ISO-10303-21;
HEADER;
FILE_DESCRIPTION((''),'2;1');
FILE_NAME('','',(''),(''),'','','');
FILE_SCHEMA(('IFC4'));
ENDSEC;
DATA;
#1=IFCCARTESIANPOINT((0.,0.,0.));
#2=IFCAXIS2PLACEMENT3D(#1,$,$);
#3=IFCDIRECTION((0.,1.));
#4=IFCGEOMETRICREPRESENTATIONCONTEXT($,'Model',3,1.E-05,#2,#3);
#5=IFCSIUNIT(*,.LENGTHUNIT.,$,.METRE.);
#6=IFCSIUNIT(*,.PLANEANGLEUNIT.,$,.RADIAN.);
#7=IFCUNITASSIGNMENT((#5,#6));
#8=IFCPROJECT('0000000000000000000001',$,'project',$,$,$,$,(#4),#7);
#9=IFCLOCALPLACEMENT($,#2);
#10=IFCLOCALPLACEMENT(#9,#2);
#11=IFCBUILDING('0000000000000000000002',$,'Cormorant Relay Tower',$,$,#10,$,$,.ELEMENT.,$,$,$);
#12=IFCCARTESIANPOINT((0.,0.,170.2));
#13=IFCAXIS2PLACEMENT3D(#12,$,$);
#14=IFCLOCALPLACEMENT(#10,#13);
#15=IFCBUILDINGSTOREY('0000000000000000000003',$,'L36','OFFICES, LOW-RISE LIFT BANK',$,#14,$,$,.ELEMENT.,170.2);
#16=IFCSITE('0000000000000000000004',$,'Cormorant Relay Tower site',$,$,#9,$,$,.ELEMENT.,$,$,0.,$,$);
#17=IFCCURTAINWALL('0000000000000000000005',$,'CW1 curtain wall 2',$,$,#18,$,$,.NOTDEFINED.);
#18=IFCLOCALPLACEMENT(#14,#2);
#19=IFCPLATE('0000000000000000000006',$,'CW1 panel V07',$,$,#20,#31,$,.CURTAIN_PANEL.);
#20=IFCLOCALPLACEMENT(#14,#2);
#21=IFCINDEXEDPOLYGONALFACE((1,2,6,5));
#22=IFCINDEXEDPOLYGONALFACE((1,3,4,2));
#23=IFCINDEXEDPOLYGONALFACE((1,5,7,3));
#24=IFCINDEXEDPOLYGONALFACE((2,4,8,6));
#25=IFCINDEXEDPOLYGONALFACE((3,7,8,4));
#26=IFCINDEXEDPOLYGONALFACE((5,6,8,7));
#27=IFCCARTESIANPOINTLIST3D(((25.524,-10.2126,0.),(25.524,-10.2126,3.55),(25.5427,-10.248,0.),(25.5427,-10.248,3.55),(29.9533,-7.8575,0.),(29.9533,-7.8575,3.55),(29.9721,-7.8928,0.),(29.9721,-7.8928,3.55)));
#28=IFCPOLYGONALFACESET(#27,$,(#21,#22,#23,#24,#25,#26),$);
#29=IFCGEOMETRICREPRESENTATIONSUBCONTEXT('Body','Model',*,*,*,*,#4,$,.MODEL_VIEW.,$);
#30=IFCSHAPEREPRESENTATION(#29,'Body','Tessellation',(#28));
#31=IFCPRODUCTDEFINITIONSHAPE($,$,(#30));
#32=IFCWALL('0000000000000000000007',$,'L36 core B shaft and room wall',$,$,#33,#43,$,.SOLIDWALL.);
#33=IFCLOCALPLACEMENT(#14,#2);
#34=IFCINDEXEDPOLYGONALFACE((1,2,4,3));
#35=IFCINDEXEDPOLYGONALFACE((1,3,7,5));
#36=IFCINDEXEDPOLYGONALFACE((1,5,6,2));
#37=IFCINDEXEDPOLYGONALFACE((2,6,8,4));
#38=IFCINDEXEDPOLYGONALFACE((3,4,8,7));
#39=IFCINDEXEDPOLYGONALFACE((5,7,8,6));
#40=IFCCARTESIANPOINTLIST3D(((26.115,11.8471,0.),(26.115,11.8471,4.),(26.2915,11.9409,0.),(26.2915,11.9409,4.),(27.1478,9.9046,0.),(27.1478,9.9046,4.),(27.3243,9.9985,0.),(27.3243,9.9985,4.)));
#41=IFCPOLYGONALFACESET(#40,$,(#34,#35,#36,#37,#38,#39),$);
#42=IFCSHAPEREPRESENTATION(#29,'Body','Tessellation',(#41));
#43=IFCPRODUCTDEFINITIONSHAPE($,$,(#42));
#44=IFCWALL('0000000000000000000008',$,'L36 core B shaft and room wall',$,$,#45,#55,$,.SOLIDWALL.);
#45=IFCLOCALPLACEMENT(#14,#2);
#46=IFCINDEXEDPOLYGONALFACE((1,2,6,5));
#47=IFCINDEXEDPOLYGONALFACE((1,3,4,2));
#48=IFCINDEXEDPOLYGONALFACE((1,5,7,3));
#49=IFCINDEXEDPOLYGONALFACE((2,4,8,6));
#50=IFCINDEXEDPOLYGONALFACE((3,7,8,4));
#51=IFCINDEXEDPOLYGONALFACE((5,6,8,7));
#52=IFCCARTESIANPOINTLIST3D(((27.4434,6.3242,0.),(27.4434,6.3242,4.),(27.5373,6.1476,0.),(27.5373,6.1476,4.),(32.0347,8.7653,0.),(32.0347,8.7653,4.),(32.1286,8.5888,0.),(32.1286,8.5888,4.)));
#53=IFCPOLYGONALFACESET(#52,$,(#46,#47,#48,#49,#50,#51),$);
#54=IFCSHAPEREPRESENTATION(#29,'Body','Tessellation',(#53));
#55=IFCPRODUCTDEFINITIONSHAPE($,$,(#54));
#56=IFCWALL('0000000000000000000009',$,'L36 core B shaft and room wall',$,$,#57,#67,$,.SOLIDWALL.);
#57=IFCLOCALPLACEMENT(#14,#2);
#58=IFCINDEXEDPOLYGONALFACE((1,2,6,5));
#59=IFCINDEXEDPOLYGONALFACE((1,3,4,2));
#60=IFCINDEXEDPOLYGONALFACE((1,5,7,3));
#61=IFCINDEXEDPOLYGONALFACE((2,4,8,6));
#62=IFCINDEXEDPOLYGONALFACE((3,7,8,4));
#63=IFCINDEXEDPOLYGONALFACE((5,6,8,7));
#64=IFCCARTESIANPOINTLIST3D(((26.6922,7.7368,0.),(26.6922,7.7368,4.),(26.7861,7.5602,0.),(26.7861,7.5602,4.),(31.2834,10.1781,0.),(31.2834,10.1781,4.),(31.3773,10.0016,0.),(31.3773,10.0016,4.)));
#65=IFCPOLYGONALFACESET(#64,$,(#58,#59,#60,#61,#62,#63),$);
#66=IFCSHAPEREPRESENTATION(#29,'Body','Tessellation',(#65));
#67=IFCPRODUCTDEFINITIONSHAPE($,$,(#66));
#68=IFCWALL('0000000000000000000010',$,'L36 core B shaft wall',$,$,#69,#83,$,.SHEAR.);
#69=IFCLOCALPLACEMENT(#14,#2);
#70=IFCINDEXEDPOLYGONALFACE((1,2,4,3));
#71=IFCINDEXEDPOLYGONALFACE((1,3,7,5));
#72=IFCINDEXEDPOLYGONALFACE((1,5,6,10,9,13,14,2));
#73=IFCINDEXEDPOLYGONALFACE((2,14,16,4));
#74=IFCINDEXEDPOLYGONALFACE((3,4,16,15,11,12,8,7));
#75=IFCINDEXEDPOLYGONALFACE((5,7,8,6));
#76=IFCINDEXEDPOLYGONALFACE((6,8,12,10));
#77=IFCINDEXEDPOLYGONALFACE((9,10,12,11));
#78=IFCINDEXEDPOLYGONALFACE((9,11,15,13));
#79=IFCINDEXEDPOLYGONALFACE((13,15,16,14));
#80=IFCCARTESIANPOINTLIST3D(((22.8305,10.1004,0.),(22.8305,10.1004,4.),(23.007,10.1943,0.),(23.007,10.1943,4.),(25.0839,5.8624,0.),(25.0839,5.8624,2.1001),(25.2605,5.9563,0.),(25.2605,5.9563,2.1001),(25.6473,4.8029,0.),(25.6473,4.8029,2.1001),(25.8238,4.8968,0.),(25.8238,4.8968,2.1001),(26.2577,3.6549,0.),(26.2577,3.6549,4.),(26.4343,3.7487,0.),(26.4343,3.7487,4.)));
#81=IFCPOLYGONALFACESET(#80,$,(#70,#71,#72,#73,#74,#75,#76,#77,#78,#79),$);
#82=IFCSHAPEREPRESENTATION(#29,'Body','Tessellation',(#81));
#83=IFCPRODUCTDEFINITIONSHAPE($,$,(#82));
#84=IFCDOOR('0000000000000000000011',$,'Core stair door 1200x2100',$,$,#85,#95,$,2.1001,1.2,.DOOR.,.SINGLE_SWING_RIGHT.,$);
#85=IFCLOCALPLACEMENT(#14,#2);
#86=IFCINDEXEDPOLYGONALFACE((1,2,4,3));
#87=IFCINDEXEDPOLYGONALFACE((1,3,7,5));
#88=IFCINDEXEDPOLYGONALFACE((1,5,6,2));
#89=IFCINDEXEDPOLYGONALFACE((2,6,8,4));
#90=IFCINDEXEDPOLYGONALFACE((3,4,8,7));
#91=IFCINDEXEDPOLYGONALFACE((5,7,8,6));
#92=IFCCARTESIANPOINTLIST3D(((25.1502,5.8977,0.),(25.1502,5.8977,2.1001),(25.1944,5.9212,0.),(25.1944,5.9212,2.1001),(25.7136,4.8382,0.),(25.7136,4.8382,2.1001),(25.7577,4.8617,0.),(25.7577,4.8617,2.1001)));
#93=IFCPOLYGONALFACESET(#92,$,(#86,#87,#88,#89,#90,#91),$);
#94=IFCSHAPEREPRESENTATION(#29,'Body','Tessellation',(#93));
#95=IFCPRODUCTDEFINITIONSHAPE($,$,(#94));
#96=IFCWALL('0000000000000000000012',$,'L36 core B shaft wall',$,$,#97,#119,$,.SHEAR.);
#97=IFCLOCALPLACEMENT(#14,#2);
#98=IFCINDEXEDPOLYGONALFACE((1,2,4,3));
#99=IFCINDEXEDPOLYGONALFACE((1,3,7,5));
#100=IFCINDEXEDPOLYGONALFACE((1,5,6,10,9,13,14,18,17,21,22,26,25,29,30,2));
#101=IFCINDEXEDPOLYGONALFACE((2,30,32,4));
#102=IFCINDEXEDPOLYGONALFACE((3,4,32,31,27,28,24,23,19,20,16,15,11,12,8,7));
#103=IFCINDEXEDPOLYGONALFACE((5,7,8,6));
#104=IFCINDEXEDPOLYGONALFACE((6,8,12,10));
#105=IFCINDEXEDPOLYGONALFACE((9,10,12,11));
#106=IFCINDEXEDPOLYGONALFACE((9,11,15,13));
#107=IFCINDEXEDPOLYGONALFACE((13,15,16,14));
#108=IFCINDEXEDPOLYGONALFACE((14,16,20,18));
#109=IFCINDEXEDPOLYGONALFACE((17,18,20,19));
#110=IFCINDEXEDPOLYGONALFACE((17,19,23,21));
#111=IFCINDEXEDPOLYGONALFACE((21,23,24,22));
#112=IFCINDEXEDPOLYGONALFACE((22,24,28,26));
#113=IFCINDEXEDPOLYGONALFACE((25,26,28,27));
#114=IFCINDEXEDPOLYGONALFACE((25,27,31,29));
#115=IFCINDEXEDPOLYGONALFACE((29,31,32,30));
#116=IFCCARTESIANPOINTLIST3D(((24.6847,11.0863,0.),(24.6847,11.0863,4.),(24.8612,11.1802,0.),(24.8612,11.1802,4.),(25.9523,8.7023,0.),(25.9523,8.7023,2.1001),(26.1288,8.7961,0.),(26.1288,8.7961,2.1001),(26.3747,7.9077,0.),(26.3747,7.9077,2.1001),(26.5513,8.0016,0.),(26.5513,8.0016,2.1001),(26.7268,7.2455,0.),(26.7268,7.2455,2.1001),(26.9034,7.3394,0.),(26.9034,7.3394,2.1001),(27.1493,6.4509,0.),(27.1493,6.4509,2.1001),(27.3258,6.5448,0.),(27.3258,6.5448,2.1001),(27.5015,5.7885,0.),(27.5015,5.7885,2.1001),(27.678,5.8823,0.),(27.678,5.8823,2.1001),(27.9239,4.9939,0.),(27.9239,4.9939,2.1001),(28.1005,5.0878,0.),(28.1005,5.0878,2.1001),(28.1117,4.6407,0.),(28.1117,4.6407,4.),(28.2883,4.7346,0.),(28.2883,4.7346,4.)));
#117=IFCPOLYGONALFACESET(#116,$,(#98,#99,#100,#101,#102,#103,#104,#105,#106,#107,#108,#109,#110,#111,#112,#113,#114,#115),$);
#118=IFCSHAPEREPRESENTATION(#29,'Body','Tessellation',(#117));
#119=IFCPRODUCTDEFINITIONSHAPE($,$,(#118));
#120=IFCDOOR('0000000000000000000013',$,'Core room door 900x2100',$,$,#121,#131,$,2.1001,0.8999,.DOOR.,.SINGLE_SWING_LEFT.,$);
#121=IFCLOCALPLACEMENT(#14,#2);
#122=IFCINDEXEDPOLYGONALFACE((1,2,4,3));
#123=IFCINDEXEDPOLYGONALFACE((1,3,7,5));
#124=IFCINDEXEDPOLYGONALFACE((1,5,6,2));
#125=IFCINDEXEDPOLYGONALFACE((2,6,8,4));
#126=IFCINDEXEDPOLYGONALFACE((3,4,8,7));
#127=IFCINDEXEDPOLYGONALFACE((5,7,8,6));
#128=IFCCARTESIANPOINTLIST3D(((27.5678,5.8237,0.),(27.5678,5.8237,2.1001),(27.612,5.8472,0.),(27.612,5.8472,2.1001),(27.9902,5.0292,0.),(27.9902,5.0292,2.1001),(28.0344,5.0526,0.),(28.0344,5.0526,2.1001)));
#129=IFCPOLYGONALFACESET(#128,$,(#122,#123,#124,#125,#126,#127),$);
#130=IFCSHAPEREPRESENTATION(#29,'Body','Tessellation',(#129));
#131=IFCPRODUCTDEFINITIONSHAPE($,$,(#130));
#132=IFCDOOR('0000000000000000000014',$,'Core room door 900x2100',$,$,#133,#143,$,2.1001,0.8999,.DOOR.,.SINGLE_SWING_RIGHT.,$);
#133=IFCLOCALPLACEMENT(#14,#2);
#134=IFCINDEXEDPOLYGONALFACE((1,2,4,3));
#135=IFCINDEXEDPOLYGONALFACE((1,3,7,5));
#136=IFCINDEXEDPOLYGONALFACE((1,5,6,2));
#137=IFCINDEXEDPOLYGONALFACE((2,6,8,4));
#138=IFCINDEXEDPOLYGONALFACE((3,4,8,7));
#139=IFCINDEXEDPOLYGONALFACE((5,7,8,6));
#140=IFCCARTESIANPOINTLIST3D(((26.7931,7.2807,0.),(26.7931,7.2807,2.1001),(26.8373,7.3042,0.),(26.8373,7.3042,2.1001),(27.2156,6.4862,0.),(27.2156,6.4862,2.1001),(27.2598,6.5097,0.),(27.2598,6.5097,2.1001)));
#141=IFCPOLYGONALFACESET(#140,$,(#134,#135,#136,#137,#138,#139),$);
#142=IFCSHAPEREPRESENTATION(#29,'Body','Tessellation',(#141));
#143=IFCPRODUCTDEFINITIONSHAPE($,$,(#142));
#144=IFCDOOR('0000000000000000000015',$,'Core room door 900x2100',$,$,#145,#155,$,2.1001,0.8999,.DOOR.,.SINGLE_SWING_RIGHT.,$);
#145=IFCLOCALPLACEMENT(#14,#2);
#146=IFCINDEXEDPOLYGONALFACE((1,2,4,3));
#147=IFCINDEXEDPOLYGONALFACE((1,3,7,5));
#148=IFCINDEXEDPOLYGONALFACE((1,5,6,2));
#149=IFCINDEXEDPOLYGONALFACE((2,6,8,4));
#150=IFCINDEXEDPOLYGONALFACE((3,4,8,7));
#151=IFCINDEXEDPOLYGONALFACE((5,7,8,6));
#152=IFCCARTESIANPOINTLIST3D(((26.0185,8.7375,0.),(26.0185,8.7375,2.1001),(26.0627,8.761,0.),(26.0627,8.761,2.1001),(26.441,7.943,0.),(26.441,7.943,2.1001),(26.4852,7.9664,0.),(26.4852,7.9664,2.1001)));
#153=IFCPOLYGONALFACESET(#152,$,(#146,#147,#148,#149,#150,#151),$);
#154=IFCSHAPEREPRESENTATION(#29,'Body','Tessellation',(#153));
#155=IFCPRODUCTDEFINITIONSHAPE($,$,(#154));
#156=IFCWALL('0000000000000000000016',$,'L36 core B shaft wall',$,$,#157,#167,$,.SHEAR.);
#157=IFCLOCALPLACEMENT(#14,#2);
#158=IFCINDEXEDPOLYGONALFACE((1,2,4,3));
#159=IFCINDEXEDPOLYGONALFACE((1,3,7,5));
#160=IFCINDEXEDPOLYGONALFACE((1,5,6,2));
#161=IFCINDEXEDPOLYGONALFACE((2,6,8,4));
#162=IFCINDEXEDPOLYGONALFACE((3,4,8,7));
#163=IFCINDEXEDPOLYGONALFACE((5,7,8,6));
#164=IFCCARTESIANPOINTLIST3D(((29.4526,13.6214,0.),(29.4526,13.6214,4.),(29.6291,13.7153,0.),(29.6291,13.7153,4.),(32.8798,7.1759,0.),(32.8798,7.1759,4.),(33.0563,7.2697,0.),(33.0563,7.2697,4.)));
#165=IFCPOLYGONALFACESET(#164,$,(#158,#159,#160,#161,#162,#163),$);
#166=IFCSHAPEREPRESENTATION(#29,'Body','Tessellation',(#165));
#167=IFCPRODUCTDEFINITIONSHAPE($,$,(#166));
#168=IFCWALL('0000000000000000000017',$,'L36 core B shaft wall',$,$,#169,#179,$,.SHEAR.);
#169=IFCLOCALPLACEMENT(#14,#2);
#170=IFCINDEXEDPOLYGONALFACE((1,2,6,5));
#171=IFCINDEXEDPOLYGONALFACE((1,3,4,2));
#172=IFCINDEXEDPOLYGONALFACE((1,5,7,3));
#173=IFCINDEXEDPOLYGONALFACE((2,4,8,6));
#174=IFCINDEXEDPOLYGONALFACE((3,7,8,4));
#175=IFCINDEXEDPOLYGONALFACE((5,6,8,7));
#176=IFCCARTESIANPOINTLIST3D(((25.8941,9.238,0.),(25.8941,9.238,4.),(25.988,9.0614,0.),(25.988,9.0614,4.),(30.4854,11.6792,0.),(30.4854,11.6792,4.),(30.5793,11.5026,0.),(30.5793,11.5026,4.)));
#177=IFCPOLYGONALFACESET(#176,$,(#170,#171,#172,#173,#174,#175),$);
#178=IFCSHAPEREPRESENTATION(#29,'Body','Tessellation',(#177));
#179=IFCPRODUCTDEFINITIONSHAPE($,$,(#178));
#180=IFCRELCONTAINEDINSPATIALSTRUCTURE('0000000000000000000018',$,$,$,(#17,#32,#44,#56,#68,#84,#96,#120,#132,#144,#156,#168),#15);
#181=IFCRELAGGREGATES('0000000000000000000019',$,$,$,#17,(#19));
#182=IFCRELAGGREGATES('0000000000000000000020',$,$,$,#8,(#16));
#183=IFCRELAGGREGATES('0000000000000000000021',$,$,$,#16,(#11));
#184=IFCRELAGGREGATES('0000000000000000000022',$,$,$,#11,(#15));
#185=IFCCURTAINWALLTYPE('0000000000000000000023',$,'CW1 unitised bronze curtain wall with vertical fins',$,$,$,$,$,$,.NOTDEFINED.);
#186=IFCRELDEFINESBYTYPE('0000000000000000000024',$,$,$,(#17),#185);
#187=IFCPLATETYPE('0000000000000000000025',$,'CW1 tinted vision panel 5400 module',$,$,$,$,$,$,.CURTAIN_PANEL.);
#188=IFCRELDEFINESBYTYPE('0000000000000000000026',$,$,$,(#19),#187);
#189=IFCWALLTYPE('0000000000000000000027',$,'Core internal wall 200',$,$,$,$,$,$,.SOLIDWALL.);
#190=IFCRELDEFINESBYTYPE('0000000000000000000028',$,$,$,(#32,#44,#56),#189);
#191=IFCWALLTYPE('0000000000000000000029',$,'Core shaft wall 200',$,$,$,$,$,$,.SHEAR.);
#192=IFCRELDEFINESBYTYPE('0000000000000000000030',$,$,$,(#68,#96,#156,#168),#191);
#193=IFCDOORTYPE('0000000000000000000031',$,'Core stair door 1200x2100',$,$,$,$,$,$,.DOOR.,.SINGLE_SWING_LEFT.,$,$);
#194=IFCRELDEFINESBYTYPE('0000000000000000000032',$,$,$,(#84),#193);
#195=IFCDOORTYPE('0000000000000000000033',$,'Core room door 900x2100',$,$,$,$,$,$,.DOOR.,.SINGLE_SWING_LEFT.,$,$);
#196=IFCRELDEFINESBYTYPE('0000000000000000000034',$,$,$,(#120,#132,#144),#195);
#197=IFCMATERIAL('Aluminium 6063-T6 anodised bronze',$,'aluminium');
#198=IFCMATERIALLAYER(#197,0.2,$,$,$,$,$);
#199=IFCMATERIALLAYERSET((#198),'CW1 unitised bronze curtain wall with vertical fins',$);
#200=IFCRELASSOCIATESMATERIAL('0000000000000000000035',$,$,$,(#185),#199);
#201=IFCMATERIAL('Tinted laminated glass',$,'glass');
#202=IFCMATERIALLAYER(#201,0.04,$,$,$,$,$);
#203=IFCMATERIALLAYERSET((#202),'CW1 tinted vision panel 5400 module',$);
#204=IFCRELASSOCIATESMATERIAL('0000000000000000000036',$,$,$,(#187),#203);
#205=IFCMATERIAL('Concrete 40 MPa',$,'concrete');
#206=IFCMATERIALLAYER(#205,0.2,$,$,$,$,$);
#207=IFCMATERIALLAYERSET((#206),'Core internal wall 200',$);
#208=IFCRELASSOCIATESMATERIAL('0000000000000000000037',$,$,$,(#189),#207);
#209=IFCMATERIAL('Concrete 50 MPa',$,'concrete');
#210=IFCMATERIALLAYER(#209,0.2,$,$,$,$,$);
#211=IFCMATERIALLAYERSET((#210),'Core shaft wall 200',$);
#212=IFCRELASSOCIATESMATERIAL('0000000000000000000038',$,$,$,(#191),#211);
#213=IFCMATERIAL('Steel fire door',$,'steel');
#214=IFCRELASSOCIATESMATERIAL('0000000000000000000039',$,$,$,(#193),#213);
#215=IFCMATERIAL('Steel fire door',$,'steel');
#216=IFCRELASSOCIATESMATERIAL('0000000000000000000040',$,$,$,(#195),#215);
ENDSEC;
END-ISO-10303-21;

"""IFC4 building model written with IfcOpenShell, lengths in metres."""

from ifc_helpers import new_model, si_unit, direction, frame, frame_2d, origin, origin_2d, place, context, subcontext, project, spatial, rectangle, extrude, material, layer, layer_set, type_object, element, fill, aggregate, save


model = new_model("IFC4")

# Units and contexts
model_context = context("Model", 3, precision=1e-05, world=origin(), true_north=direction((0.0, 1.0)))
body_context = subcontext(model_context, "Body", "Model", "MODEL_VIEW")
ifc_project = project(units=[si_unit("LENGTHUNIT", "METRE"), si_unit("PLANEANGLEUNIT", "RADIAN")], contexts=[model_context])

# Site, building, storey
site_placement = place(None, origin())
site = spatial("IfcSite", under=ifc_project, at=site_placement, Name="Cormorant Relay Tower site", CompositionType="ELEMENT", RefElevation=0.0)
building_placement = place(site_placement, origin())
building = spatial("IfcBuilding", under=site, at=building_placement, Name="Cormorant Relay Tower", CompositionType="ELEMENT")
storey_placement = place(building_placement, frame((0.0, 0.0, 170.2)))
storey = spatial("IfcBuildingStorey", under=building, at=storey_placement, Name="L36", Description="OFFICES, LOW-RISE LIFT BANK", CompositionType="ELEMENT", Elevation=170.2)

# Curtain wall
ifc_material_1 = material(Name="Aluminium 6063-T6 anodised bronze", Category="aluminium")
ifc_layer_1 = layer(ifc_material_1, 0.2)
ifc_layer_set_1 = layer_set([ifc_layer_1], Name="CW1 unitised bronze curtain wall with vertical fins")
curtain_wall_type = type_object("IfcCurtainWallType", Name="CW1 unitised bronze curtain wall with vertical fins", PredefinedType="NOTDEFINED", material=ifc_layer_set_1)
curtain_wall_placement = place(storey_placement, origin())
curtain_wall = element("IfcCurtainWall", 1, at=curtain_wall_placement, inside=storey, type_object=curtain_wall_type, Name="CW1 curtain wall 2", PredefinedType="NOTDEFINED")

# Plate
ifc_material_2 = material(Name="Tinted laminated glass", Category="glass")
ifc_layer_2 = layer(ifc_material_2, 0.04)
ifc_layer_set_2 = layer_set([ifc_layer_2], Name="CW1 tinted vision panel 5400 module")
plate_type_1 = type_object("IfcPlateType", Name="CW1 tinted vision panel 5400 module", PredefinedType="CURTAIN_PANEL", material=ifc_layer_set_2)
plate_1_placement = place(storey_placement, frame((27.748, -9.0527, 0.0), z_axis=(0.0, 0.0, 1.0), x_axis=(0.882948, 0.469472, 0.0)))
plate_1 = element("IfcPlate", 2, at=plate_1_placement, type_object=plate_type_1, Name="CW1 panel V07", PredefinedType="CURTAIN_PANEL", context=body_context, shape_type="SweptSolid", body=[
    extrude(rectangle(XDim=5.0166, YDim=0.04, at=origin_2d()), origin(), (0.0, 0.0, 1.0), 3.55),
])

# Walls
ifc_material_3 = material(Name="Concrete 40 MPa", Category="concrete")
ifc_layer_3 = layer(ifc_material_3, 0.2)
ifc_layer_set_3 = layer_set([ifc_layer_3], Name="Core internal wall 200")
wall_type_1 = type_object("IfcWallType", Name="Core internal wall 200", PredefinedType="SOLIDWALL", material=ifc_layer_set_3)
wall_1_placement = place(storey_placement, frame((27.2361, 9.9514, 0.0), z_axis=(0.0, 0.0, 1.0), x_axis=(-0.469447, 0.88296, 0.0)))
element("IfcWall", 3, at=wall_1_placement, inside=storey, type_object=wall_type_1, Name="L36 core B shaft and room wall", PredefinedType="SOLIDWALL", context=body_context, shape_type="SweptSolid", body=[
    extrude(rectangle(XDim=2.2, YDim=0.2, at=frame_2d((1.1001, 0.0))), origin(), (0.0, 0.0, 1.0), 4.0),
])
for number, where, z_axis, x_axis, name in (
    (4, (27.4902, 6.2358, 0.0), (0.0, 0.0, 1.0), (0.882954, 0.46946, 0.0), "L36 core B shaft and room wall"),
    (5, (26.739, 7.6484, 0.0), (0.0, 0.0, 1.0), (0.882935, 0.469496, 0.0), "L36 core B shaft and room wall"),
):
    element("IfcWall", number, at=place(storey_placement, frame(where, z_axis=z_axis, x_axis=x_axis)), inside=storey, type_object=wall_type_1, Name=name, PredefinedType="SOLIDWALL", context=body_context, shape_type="SweptSolid", body=[
        extrude(rectangle(XDim=5.2, YDim=0.2, at=frame_2d((2.6001, 0.0))), origin(), (0.0, 0.0, 1.0), 4.0),
    ])

# Wall, opening, door
ifc_material_4 = material(Name="Concrete 50 MPa", Category="concrete")
ifc_layer_4 = layer(ifc_material_4, 0.2)
ifc_layer_set_4 = layer_set([ifc_layer_4], Name="Core shaft wall 200")
wall_type_2 = type_object("IfcWallType", Name="Core shaft wall 200", PredefinedType="SHEAR", material=ifc_layer_set_4)
wall_2_placement = place(storey_placement, frame((26.3459, 3.7019, 0.0), z_axis=(0.0, 0.0, 1.0), x_axis=(-0.46948, 0.882943, 0.0)))
wall_2 = element("IfcWall", 6, at=wall_2_placement, inside=storey, type_object=wall_type_2, Name="L36 core B shaft wall", PredefinedType="SHEAR", context=body_context, shape_type="SweptSolid", body=[
    extrude(rectangle(XDim=7.3, YDim=0.2, at=frame_2d((3.6499, 0.0))), origin(), (0.0, 0.0, 1.0), 4.0),
])
opening_1_placement = place(wall_2_placement, frame((1.3, 0.0, 0.0)))
opening_1 = element("IfcOpeningElement", 7, at=opening_1_placement, cuts=wall_2, PredefinedType="OPENING", context=body_context, shape_type="SweptSolid", body=[
    extrude(rectangle(XDim=1.2, YDim=2.1001, at=frame_2d((0.6001, 1.05))), frame((0.0, 0.1099, 0.0), z_axis=(0.0, -1.0, 0.0), x_axis=(1.0, 0.0, 0.0)), (0.0, 0.0, 1.0), 0.22),
])
ifc_material_5 = material(Name="Steel fire door", Category="steel")
door_type_1 = type_object("IfcDoorType", Name="Core stair door 1200x2100", OperationType="SINGLE_SWING_LEFT", PredefinedType="DOOR", material=ifc_material_5)
door_1_placement = place(opening_1_placement, origin())
door_1 = element("IfcDoor", 8, at=door_1_placement, inside=storey, type_object=door_type_1, Name="Core stair door 1200x2100", OperationType="SINGLE_SWING_RIGHT", OverallHeight=2.1001, OverallWidth=1.2, PredefinedType="DOOR", context=body_context, shape_type="SweptSolid", body=[
    extrude(rectangle(XDim=1.2, YDim=2.1001, at=frame_2d((0.6001, 1.05))), frame((0.0, 0.0249, 0.0), z_axis=(0.0, -1.0, 0.0), x_axis=(1.0, 0.0, 0.0)), (0.0, 0.0, 1.0), 0.05),
])
fill(opening_1, door_1)

# Wall, openings, doors
wall_3_placement = place(storey_placement, frame((28.2, 4.6877, 0.0), z_axis=(0.0, 0.0, 1.0), x_axis=(-0.469454, 0.882957, 0.0)))
wall_3 = element("IfcWall", 9, at=wall_3_placement, inside=storey, type_object=wall_type_2, Name="L36 core B shaft wall", PredefinedType="SHEAR", context=body_context, shape_type="SweptSolid", body=[
    extrude(rectangle(XDim=7.3, YDim=0.2, at=frame_2d((3.6499, 0.0))), origin(), (0.0, 0.0, 1.0), 4.0),
])
opening_2_placement = place(wall_3_placement, frame((0.3999, 0.0, 0.0)))
opening_2 = element("IfcOpeningElement", 10, at=opening_2_placement, cuts=wall_3, PredefinedType="OPENING", context=body_context, shape_type="SweptSolid", body=[
    extrude(rectangle(XDim=0.8999, YDim=2.1001, at=frame_2d((0.45, 1.05))), frame((0.0, 0.1099, 0.0), z_axis=(0.0, -1.0, 0.0), x_axis=(1.0, 0.0, 0.0)), (0.0, 0.0, 1.0), 0.22),
])
opening_3_placement = place(wall_3_placement, frame((2.05, 0.0, 0.0)))
opening_3 = element("IfcOpeningElement", 11, at=opening_3_placement, cuts=wall_3, PredefinedType="OPENING", context=body_context, shape_type="SweptSolid", body=[
    extrude(rectangle(XDim=0.8999, YDim=2.1001, at=frame_2d((0.45, 1.05))), frame((0.0, 0.1099, 0.0), z_axis=(0.0, -1.0, 0.0), x_axis=(1.0, 0.0, 0.0)), (0.0, 0.0, 1.0), 0.22),
])
opening_4_placement = place(wall_3_placement, frame((3.7, 0.0, 0.0)))
opening_4 = element("IfcOpeningElement", 12, at=opening_4_placement, cuts=wall_3, PredefinedType="OPENING", context=body_context, shape_type="SweptSolid", body=[
    extrude(rectangle(XDim=0.8999, YDim=2.1001, at=frame_2d((0.45, 1.05))), frame((0.0, 0.1099, 0.0), z_axis=(0.0, -1.0, 0.0), x_axis=(1.0, 0.0, 0.0)), (0.0, 0.0, 1.0), 0.22),
])
ifc_material_6 = material(Name="Steel fire door", Category="steel")
door_type_2 = type_object("IfcDoorType", Name="Core room door 900x2100", OperationType="SINGLE_SWING_LEFT", PredefinedType="DOOR", material=ifc_material_6)
door_2_placement = place(opening_2_placement, origin())
door_2 = element("IfcDoor", 13, at=door_2_placement, inside=storey, type_object=door_type_2, Name="Core room door 900x2100", OperationType="SINGLE_SWING_LEFT", OverallHeight=2.1001, OverallWidth=0.8999, PredefinedType="DOOR", context=body_context, shape_type="SweptSolid", body=[
    extrude(rectangle(XDim=0.8999, YDim=2.1001, at=frame_2d((0.45, 1.05))), frame((0.0, 0.0249, 0.0), z_axis=(0.0, -1.0, 0.0), x_axis=(1.0, 0.0, 0.0)), (0.0, 0.0, 1.0), 0.05),
])
fill(opening_2, door_2)
door_3_placement = place(opening_3_placement, origin())
door_3 = element("IfcDoor", 14, at=door_3_placement, inside=storey, type_object=door_type_2, Name="Core room door 900x2100", OperationType="SINGLE_SWING_RIGHT", OverallHeight=2.1001, OverallWidth=0.8999, PredefinedType="DOOR", context=body_context, shape_type="SweptSolid", body=[
    extrude(rectangle(XDim=0.8999, YDim=2.1001, at=frame_2d((0.45, 1.05))), frame((0.0, 0.0249, 0.0), z_axis=(0.0, -1.0, 0.0), x_axis=(1.0, 0.0, 0.0)), (0.0, 0.0, 1.0), 0.05),
])
fill(opening_3, door_3)
door_4_placement = place(opening_4_placement, origin())
door_4 = element("IfcDoor", 15, at=door_4_placement, inside=storey, type_object=door_type_2, Name="Core room door 900x2100", OperationType="SINGLE_SWING_RIGHT", OverallHeight=2.1001, OverallWidth=0.8999, PredefinedType="DOOR", context=body_context, shape_type="SweptSolid", body=[
    extrude(rectangle(XDim=0.8999, YDim=2.1001, at=frame_2d((0.45, 1.05))), frame((0.0, 0.0249, 0.0), z_axis=(0.0, -1.0, 0.0), x_axis=(1.0, 0.0, 0.0)), (0.0, 0.0, 1.0), 0.05),
])
fill(opening_4, door_4)

# Walls
wall_4_placement = place(storey_placement, frame((32.968, 7.2229, 0.0), z_axis=(0.0, 0.0, 1.0), x_axis=(-0.46948, 0.882943, 0.0)))
element("IfcWall", 16, at=wall_4_placement, inside=storey, type_object=wall_type_2, Name="L36 core B shaft wall", PredefinedType="SHEAR", context=body_context, shape_type="SweptSolid", body=[
    extrude(rectangle(XDim=7.3, YDim=0.2, at=frame_2d((3.6499, 0.0))), origin(), (0.0, 0.0, 1.0), 4.0),
])
wall_5_placement = place(storey_placement, frame((25.9409, 9.1497, 0.0), z_axis=(0.0, 0.0, 1.0), x_axis=(0.882954, 0.46946, 0.0)))
element("IfcWall", 17, at=wall_5_placement, inside=storey, type_object=wall_type_2, Name="L36 core B shaft wall", PredefinedType="SHEAR", context=body_context, shape_type="SweptSolid", body=[
    extrude(rectangle(XDim=5.2, YDim=0.2, at=frame_2d((2.6001, 0.0))), origin(), (0.0, 0.0, 1.0), 4.0),
])

aggregate(curtain_wall, [plate_1])

save(model, "model.ifc")
